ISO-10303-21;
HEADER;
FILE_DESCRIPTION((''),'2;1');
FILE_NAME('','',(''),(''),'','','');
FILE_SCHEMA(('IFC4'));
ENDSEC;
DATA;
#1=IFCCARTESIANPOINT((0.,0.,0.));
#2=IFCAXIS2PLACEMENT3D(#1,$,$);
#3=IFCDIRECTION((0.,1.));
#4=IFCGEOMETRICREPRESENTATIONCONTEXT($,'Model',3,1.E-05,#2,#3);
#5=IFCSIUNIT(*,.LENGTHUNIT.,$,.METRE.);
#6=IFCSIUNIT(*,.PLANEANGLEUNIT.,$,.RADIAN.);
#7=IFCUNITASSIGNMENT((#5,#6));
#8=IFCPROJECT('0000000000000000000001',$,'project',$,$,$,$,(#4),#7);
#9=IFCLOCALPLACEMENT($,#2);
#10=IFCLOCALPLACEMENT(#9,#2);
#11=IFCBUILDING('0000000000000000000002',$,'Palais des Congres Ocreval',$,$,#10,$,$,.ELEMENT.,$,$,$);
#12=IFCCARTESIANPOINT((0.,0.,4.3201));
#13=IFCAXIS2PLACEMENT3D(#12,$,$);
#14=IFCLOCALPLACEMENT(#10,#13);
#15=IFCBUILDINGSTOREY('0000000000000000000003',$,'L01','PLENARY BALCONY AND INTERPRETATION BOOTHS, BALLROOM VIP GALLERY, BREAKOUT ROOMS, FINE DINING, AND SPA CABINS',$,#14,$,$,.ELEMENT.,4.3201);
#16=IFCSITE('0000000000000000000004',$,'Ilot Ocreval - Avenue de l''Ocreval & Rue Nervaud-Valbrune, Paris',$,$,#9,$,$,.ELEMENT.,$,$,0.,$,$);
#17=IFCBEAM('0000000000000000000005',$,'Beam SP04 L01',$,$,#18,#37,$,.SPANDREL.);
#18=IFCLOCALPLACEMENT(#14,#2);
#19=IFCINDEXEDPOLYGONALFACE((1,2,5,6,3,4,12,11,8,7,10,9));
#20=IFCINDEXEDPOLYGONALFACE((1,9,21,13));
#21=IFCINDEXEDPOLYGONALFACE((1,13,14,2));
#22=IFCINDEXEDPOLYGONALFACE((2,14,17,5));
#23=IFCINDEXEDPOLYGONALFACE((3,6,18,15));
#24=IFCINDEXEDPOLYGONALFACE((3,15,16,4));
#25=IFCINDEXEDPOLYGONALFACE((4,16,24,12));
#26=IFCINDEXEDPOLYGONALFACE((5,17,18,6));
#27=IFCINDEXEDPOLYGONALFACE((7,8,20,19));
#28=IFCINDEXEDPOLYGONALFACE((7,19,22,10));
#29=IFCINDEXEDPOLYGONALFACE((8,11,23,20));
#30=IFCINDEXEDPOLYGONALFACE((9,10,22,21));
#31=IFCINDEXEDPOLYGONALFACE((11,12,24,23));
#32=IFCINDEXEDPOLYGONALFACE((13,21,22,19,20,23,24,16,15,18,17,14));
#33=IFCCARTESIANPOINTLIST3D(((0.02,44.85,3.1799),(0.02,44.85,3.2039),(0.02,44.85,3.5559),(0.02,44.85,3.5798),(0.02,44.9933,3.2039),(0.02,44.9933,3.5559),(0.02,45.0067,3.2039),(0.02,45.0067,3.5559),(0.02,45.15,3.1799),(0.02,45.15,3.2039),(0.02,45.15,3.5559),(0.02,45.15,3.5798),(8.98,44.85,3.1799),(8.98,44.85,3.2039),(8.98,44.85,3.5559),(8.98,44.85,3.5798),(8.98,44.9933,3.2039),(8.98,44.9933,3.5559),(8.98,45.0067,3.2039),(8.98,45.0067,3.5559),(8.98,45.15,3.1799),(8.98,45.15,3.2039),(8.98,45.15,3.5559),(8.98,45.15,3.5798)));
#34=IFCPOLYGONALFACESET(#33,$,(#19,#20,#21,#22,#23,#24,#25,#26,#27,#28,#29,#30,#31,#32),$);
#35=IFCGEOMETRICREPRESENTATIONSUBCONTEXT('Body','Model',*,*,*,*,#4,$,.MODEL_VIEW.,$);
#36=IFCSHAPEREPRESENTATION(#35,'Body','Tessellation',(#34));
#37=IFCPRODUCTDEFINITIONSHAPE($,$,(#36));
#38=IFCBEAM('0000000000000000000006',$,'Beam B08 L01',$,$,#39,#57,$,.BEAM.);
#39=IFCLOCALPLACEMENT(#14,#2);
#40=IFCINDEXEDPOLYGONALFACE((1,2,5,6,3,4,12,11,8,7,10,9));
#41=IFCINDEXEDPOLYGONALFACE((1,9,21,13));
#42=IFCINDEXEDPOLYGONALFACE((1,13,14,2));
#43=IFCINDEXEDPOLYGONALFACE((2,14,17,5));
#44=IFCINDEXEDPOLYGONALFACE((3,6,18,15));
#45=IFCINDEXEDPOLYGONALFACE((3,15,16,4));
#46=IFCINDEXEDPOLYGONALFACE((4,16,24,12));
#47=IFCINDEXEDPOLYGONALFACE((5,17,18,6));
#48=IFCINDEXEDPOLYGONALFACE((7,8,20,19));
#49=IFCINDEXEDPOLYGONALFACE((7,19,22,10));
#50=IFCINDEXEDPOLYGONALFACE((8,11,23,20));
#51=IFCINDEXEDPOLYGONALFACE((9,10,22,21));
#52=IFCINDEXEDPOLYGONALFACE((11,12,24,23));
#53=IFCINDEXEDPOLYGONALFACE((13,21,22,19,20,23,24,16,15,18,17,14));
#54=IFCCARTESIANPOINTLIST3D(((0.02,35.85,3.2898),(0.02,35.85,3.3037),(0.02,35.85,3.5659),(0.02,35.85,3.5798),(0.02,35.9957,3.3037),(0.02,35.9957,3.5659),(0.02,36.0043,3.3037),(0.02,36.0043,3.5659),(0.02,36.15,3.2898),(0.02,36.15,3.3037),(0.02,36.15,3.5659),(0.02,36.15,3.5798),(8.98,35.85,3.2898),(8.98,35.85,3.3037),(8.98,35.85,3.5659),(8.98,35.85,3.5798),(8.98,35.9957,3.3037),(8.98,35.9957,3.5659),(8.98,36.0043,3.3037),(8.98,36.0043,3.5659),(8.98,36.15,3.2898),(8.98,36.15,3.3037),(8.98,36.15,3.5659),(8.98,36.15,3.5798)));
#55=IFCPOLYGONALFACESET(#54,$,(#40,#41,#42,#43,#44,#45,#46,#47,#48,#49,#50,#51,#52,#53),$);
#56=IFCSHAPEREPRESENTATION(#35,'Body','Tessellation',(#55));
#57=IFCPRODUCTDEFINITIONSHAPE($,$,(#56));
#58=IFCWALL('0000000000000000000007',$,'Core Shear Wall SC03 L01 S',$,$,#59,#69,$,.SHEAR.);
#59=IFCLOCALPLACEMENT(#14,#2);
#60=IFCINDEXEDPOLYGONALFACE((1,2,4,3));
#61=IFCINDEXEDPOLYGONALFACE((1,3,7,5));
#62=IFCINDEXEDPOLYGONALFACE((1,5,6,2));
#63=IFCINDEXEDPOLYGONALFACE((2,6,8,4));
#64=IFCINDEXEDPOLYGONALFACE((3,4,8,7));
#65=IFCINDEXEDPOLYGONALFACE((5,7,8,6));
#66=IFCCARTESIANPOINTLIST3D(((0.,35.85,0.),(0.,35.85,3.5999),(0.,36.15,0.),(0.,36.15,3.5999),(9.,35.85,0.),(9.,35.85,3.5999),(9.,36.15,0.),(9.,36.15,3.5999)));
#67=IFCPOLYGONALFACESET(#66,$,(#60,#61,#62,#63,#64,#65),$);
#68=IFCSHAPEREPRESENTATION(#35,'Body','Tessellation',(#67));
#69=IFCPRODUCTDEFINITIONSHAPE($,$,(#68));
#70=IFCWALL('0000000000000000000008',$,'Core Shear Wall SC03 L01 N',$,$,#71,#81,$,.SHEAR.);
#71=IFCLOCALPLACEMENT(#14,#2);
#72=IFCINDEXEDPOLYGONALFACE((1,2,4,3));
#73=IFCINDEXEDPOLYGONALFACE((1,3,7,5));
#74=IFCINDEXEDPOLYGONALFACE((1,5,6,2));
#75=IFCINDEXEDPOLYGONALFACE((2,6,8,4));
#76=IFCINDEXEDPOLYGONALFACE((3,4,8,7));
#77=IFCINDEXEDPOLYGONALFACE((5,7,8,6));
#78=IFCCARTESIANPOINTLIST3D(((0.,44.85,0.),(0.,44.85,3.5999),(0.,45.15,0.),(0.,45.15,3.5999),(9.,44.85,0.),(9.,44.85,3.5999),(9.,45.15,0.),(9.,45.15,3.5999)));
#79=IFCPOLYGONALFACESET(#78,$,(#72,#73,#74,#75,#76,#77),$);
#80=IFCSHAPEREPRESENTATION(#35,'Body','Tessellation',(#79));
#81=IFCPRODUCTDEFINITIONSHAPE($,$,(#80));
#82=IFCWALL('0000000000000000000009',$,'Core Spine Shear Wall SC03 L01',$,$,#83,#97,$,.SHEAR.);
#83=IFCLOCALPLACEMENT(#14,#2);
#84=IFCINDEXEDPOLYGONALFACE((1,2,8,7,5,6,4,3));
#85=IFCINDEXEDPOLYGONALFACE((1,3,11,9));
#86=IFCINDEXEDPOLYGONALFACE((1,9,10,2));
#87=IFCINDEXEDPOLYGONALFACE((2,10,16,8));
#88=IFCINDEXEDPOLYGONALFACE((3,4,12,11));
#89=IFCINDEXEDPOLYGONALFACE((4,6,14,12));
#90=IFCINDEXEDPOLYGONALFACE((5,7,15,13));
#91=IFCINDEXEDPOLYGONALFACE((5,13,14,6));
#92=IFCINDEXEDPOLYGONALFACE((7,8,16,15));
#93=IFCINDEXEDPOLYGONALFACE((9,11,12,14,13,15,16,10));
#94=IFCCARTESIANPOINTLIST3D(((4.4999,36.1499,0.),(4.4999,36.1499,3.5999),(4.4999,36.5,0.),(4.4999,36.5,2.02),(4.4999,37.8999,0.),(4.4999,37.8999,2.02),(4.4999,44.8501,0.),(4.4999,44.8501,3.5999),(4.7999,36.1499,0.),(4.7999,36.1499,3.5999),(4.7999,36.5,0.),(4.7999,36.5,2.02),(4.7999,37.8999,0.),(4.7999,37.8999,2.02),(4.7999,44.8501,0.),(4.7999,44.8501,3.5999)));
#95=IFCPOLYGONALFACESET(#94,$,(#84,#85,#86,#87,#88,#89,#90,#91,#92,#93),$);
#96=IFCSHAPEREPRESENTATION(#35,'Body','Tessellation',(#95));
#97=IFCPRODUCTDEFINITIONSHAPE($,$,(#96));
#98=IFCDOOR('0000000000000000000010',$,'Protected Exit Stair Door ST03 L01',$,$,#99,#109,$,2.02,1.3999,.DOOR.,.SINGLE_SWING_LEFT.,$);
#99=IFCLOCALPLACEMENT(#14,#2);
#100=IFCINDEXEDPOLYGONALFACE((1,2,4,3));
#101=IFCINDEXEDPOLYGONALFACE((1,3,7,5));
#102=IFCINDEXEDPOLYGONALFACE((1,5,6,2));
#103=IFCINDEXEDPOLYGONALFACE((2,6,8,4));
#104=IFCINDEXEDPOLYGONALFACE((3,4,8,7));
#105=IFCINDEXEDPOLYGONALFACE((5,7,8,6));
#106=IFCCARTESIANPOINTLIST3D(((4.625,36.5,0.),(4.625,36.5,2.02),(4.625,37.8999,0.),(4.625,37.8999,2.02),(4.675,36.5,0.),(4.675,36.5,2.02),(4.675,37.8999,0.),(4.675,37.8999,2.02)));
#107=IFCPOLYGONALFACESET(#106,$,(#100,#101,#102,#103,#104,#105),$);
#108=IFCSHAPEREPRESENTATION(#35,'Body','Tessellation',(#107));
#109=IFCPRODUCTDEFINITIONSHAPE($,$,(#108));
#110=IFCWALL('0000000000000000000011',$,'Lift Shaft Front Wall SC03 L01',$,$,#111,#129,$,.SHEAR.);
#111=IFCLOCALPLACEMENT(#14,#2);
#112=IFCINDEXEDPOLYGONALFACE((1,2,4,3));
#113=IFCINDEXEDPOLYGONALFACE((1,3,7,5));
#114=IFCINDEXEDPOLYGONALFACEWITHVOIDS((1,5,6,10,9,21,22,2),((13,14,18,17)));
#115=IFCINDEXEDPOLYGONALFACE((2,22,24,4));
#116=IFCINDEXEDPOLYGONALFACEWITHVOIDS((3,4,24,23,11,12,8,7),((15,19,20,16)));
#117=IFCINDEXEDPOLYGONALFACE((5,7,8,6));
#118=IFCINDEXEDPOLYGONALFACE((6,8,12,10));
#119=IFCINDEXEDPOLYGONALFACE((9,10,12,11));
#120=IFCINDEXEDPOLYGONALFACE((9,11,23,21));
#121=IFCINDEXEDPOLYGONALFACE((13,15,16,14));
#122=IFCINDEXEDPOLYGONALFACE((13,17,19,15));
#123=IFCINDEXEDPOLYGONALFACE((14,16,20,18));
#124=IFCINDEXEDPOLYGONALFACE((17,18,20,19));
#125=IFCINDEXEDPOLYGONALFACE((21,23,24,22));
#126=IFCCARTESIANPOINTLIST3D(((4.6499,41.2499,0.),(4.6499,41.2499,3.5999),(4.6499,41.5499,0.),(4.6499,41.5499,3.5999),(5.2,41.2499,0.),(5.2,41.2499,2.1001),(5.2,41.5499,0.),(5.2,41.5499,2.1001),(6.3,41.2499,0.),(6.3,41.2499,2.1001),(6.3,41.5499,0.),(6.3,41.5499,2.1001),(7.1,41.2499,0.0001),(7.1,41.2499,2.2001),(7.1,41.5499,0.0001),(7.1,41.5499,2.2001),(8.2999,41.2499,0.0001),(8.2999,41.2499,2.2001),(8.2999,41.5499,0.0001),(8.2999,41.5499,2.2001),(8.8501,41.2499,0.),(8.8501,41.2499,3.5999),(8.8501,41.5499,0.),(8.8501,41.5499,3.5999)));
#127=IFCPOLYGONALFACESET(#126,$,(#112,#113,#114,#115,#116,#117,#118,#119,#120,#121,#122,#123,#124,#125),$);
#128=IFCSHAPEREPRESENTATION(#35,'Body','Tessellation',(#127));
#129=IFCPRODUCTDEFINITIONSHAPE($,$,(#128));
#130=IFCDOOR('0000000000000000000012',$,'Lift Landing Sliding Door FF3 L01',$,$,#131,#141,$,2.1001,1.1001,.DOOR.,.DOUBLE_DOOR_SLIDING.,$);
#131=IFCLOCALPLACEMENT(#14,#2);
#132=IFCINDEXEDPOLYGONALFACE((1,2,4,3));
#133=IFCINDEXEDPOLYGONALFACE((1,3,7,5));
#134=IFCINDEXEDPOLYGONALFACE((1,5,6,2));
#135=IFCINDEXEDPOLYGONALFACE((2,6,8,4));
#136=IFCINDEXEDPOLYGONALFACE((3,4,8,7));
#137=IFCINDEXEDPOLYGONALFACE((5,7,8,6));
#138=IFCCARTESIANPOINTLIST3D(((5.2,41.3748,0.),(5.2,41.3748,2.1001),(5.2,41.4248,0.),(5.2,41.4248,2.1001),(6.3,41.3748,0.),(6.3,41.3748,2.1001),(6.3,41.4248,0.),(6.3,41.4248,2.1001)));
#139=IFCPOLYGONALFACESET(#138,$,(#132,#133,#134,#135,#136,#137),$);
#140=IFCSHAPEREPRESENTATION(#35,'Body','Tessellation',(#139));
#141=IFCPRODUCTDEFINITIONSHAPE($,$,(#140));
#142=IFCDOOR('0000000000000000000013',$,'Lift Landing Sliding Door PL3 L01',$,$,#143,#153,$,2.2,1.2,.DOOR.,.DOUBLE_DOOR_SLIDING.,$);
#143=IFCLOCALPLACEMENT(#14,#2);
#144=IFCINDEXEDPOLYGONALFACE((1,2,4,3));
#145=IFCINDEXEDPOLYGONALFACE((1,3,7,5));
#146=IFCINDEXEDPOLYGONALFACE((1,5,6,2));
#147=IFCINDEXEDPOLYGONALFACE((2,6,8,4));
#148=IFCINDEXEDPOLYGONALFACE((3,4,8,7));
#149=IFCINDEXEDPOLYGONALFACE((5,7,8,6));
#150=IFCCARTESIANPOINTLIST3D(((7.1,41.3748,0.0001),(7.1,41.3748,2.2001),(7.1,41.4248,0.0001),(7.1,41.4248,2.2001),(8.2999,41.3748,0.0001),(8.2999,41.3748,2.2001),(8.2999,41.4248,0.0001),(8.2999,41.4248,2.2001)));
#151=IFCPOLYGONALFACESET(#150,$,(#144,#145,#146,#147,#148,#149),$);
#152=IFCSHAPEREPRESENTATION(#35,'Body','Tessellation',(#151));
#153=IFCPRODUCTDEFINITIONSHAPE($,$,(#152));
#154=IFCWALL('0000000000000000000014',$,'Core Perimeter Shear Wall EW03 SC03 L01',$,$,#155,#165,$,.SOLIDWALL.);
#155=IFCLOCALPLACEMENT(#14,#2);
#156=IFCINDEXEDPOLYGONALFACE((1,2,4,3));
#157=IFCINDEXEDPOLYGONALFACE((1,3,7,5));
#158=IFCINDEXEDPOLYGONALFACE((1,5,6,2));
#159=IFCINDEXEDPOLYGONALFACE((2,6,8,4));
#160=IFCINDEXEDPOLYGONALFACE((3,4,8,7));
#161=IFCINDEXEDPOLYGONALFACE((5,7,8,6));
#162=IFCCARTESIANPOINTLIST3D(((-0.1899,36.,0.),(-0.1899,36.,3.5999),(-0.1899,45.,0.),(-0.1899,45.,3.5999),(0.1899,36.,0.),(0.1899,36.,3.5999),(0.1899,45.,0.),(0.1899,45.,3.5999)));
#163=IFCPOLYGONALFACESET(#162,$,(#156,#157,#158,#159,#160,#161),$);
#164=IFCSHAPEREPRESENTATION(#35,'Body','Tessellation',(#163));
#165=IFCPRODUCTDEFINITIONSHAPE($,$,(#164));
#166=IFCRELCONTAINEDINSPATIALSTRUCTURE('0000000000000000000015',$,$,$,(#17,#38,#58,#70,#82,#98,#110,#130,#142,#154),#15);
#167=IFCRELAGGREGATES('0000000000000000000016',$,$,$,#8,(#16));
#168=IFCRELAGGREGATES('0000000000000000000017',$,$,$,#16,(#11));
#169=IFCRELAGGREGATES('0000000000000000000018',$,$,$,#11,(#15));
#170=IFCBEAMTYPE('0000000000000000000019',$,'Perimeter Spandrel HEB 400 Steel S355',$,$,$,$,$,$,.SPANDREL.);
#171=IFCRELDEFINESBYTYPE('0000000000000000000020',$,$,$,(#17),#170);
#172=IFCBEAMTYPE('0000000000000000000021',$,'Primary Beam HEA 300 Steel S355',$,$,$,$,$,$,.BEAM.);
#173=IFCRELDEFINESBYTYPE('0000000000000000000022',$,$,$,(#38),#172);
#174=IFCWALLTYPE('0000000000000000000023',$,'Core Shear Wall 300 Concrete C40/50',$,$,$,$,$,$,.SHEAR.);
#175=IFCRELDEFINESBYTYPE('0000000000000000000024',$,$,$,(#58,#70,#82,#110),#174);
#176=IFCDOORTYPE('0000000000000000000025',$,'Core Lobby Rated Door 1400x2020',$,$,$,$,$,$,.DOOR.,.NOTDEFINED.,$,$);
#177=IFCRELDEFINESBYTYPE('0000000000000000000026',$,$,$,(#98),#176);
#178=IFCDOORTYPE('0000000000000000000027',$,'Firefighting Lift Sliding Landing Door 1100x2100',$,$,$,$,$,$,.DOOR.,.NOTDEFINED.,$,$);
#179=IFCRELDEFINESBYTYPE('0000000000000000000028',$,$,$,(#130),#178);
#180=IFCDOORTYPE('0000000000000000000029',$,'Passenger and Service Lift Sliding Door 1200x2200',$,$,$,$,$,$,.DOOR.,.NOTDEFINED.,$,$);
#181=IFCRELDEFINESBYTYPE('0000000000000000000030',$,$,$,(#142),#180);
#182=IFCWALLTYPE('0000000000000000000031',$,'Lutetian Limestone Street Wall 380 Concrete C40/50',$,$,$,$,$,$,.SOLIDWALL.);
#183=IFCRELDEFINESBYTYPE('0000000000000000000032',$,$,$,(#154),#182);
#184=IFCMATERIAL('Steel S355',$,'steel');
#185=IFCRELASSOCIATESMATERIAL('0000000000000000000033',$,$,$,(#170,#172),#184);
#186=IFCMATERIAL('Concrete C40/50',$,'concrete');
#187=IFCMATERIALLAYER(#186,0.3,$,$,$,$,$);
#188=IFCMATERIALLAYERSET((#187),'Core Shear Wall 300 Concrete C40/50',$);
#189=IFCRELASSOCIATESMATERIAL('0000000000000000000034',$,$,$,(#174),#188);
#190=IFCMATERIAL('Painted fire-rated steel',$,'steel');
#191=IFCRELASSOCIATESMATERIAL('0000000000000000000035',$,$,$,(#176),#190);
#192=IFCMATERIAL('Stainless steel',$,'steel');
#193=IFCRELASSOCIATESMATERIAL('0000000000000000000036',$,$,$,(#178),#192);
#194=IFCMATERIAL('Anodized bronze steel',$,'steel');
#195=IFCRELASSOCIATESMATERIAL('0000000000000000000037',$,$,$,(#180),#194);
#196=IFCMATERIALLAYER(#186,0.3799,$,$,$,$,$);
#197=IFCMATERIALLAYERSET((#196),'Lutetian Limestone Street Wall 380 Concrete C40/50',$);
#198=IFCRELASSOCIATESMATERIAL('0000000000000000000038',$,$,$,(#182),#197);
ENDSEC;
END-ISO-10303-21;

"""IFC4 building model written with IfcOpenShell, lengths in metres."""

from ifc_helpers import new_model, si_unit, direction, frame, frame_2d, origin, origin_2d, place, context, subcontext, project, spatial, rectangle, i_section, extrude, material, layer, layer_set, material_profile, profile_set, type_object, element, fill, save


model = new_model("IFC4")

# Units and contexts
model_context = context("Model", 3, precision=1e-05, world=origin(), true_north=direction((0.0, 1.0)))
body_context = subcontext(model_context, "Body", "Model", "MODEL_VIEW")
ifc_project = project(units=[si_unit("LENGTHUNIT", "METRE"), si_unit("PLANEANGLEUNIT", "RADIAN")], contexts=[model_context])

# Site, building, storey
site_placement = place(None, origin())
site = spatial("IfcSite", under=ifc_project, at=site_placement, Name="Ilot Ocreval - Avenue de l'Ocreval & Rue Nervaud-Valbrune, Paris", CompositionType="ELEMENT", RefElevation=0.0)
building_placement = place(site_placement, origin())
building = spatial("IfcBuilding", under=site, at=building_placement, Name="Palais des Congres Ocreval", CompositionType="ELEMENT")
storey_placement = place(building_placement, frame((0.0, 0.0, 4.3201)))
storey = spatial("IfcBuildingStorey", under=building, at=storey_placement, Name="L01", Description="PLENARY BALCONY AND INTERPRETATION BOOTHS, BALLROOM VIP GALLERY, BREAKOUT ROOMS, FINE DINING, AND SPA CABINS", CompositionType="ELEMENT", Elevation=4.3201)

# Beams
ifc_material_1 = material(Name="Steel S355", Category="steel")
ifc_material_profile_1 = material_profile(ifc_material_1, i_section(OverallWidth=0.3, OverallDepth=0.3999, WebThickness=0.0134, FlangeThickness=0.0239, at=origin_2d()), Name="HEB 400")
ifc_profile_set_1 = profile_set([ifc_material_profile_1], Name="Steel S355")
beam_type_1 = type_object("IfcBeamType", Name="Perimeter Spandrel HEB 400 Steel S355", PredefinedType="SPANDREL", material=ifc_profile_set_1)
beam_1_placement = place(storey_placement, frame((0.02, 45.0, 3.3799), z_axis=(1.0, 0.0, 0.0), x_axis=(0.0, 1.0, 0.0)))
element("IfcBeam", 1, at=beam_1_placement, inside=storey, type_object=beam_type_1, Name="Beam SP04 L01", PredefinedType="SPANDREL", context=body_context, shape_type="SweptSolid", body=[
    extrude(i_section(OverallWidth=0.3, OverallDepth=0.3999, WebThickness=0.0134, FlangeThickness=0.0239, at=origin_2d()), origin(), (0.0, 0.0, 1.0), 8.96),
])
ifc_material_profile_2 = material_profile(ifc_material_1, i_section(OverallWidth=0.3, OverallDepth=0.29, WebThickness=0.0085, FlangeThickness=0.0139, at=origin_2d()), Name="HEA 300")
ifc_profile_set_2 = profile_set([ifc_material_profile_2], Name="Steel S355")
beam_type_2 = type_object("IfcBeamType", Name="Primary Beam HEA 300 Steel S355", PredefinedType="BEAM", material=ifc_profile_set_2)
beam_2_placement = place(storey_placement, frame((0.02, 36.0, 3.4348), z_axis=(1.0, 0.0, 0.0), x_axis=(0.0, 1.0, 0.0)))
element("IfcBeam", 2, at=beam_2_placement, inside=storey, type_object=beam_type_2, Name="Beam B08 L01", PredefinedType="BEAM", context=body_context, shape_type="SweptSolid", body=[
    extrude(i_section(OverallWidth=0.3, OverallDepth=0.29, WebThickness=0.0085, FlangeThickness=0.0139, at=origin_2d()), origin(), (0.0, 0.0, 1.0), 8.96),
])

# Walls
ifc_material_2 = material(Name="Concrete C40/50", Category="concrete")
ifc_layer_1 = layer(ifc_material_2, 0.3)
ifc_layer_set_1 = layer_set([ifc_layer_1], Name="Core Shear Wall 300 Concrete C40/50")
wall_type_1 = type_object("IfcWallType", Name="Core Shear Wall 300 Concrete C40/50", PredefinedType="SHEAR", material=ifc_layer_set_1)
for number, where, z_axis, x_axis, name in (
    (3, (0.0, 36.0, 0.0), (0.0, 0.0, 1.0), (1.0, 0.0, 0.0), "Core Shear Wall SC03 L01 S"),
    (4, (0.0, 45.0, 0.0), (0.0, 0.0, 1.0), (1.0, 0.0, 0.0), "Core Shear Wall SC03 L01 N"),
):
    element("IfcWall", number, at=place(storey_placement, frame(where, z_axis=z_axis, x_axis=x_axis)), inside=storey, type_object=wall_type_1, Name=name, PredefinedType="SHEAR", context=body_context, shape_type="SweptSolid", body=[
        extrude(rectangle(XDim=9.0, YDim=0.3, at=frame_2d((4.5, 0.0))), origin(), (0.0, 0.0, 1.0), 3.5999),
    ])

# Wall, opening, door
wall_1_placement = place(storey_placement, frame((4.6499, 36.1499, 0.0), z_axis=(0.0, 0.0, 1.0), x_axis=(0.0, 1.0, 0.0)))
wall_1 = element("IfcWall", 5, at=wall_1_placement, inside=storey, type_object=wall_type_1, Name="Core Spine Shear Wall SC03 L01", PredefinedType="SHEAR", context=body_context, shape_type="SweptSolid", body=[
    extrude(rectangle(XDim=8.7002, YDim=0.3, at=frame_2d((4.3501, 0.0))), origin(), (0.0, 0.0, 1.0), 3.5999),
])
opening_1_placement = place(wall_1_placement, frame((0.3501, 0.0, 0.0)))
opening_1 = element("IfcOpeningElement", 6, at=opening_1_placement, cuts=wall_1, PredefinedType="OPENING", context=body_context, shape_type="SweptSolid", body=[
    extrude(rectangle(XDim=1.3999, YDim=2.02, at=frame_2d((0.7, 1.01))), frame((0.0, 0.1599, 0.0), z_axis=(0.0, -1.0, 0.0), x_axis=(1.0, 0.0, 0.0)), (0.0, 0.0, 1.0), 0.3201),
])
ifc_material_3 = material(Name="Painted fire-rated steel", Category="steel")
door_type_1 = type_object("IfcDoorType", Name="Core Lobby Rated Door 1400x2020", OperationType="NOTDEFINED", PredefinedType="DOOR", material=ifc_material_3)
door_1_placement = place(opening_1_placement, origin())
door_1 = element("IfcDoor", 7, at=door_1_placement, inside=storey, type_object=door_type_1, Name="Protected Exit Stair Door ST03 L01", OperationType="SINGLE_SWING_LEFT", OverallHeight=2.02, OverallWidth=1.3999, PredefinedType="DOOR", context=body_context, shape_type="SweptSolid", body=[
    extrude(rectangle(XDim=1.3999, YDim=2.02, at=frame_2d((0.7, 1.01))), frame((0.0, 0.0249, 0.0), z_axis=(0.0, -1.0, 0.0), x_axis=(1.0, 0.0, 0.0)), (0.0, 0.0, 1.0), 0.05),
])
fill(opening_1, door_1)

# Wall, openings, doors
wall_2_placement = place(storey_placement, frame((4.6499, 41.3999, 0.0), z_axis=(0.0, 0.0, 1.0), x_axis=(1.0, 0.0, 0.0)))
wall_2 = element("IfcWall", 8, at=wall_2_placement, inside=storey, type_object=wall_type_1, Name="Lift Shaft Front Wall SC03 L01", PredefinedType="SHEAR", context=body_context, shape_type="SweptSolid", body=[
    extrude(rectangle(XDim=4.2002, YDim=0.3, at=frame_2d((2.1001, 0.0))), origin(), (0.0, 0.0, 1.0), 3.5999),
])
opening_2_placement = place(wall_2_placement, frame((0.55, 0.0, 0.0)))
opening_2 = element("IfcOpeningElement", 9, at=opening_2_placement, cuts=wall_2, PredefinedType="OPENING", context=body_context, shape_type="SweptSolid", body=[
    extrude(rectangle(XDim=1.1001, YDim=2.1001, at=frame_2d((0.55, 1.05))), frame((0.0, 0.1599, 0.0), z_axis=(0.0, -1.0, 0.0), x_axis=(1.0, 0.0, 0.0)), (0.0, 0.0, 1.0), 0.3201),
])
opening_3_placement = place(wall_2_placement, frame((2.45, 0.0, 0.0)))
opening_3 = element("IfcOpeningElement", 10, at=opening_3_placement, cuts=wall_2, PredefinedType="OPENING", context=body_context, shape_type="SweptSolid", body=[
    extrude(rectangle(XDim=1.2, YDim=2.2, at=frame_2d((0.6001, 1.1001))), frame((0.0, 0.1599, 0.0), z_axis=(0.0, -1.0, 0.0), x_axis=(1.0, 0.0, 0.0)), (0.0, 0.0, 1.0), 0.3201),
])
ifc_material_4 = material(Name="Stainless steel", Category="steel")
door_type_2 = type_object("IfcDoorType", Name="Firefighting Lift Sliding Landing Door 1100x2100", OperationType="NOTDEFINED", PredefinedType="DOOR", material=ifc_material_4)
door_2_placement = place(opening_2_placement, origin())
door_2 = element("IfcDoor", 11, at=door_2_placement, inside=storey, type_object=door_type_2, Name="Lift Landing Sliding Door FF3 L01", OperationType="DOUBLE_DOOR_SLIDING", OverallHeight=2.1001, OverallWidth=1.1001, PredefinedType="DOOR", context=body_context, shape_type="SweptSolid", body=[
    extrude(rectangle(XDim=1.1001, YDim=2.1001, at=frame_2d((0.55, 1.05))), frame((0.0, 0.0249, 0.0), z_axis=(0.0, -1.0, 0.0), x_axis=(1.0, 0.0, 0.0)), (0.0, 0.0, 1.0), 0.05),
])
fill(opening_2, door_2)
ifc_material_5 = material(Name="Anodized bronze steel", Category="steel")
door_type_3 = type_object("IfcDoorType", Name="Passenger and Service Lift Sliding Door 1200x2200", OperationType="NOTDEFINED", PredefinedType="DOOR", material=ifc_material_5)
door_3_placement = place(opening_3_placement, origin())
door_3 = element("IfcDoor", 12, at=door_3_placement, inside=storey, type_object=door_type_3, Name="Lift Landing Sliding Door PL3 L01", OperationType="DOUBLE_DOOR_SLIDING", OverallHeight=2.2, OverallWidth=1.2, PredefinedType="DOOR", context=body_context, shape_type="SweptSolid", body=[
    extrude(rectangle(XDim=1.2, YDim=2.2, at=frame_2d((0.6001, 1.1001))), frame((0.0, 0.0249, 0.0), z_axis=(0.0, -1.0, 0.0), x_axis=(1.0, 0.0, 0.0)), (0.0, 0.0, 1.0), 0.05),
])
fill(opening_3, door_3)

# Wall
ifc_layer_2 = layer(ifc_material_2, 0.3799)
ifc_layer_set_2 = layer_set([ifc_layer_2], Name="Lutetian Limestone Street Wall 380 Concrete C40/50")
wall_type_2 = type_object("IfcWallType", Name="Lutetian Limestone Street Wall 380 Concrete C40/50", PredefinedType="SOLIDWALL", material=ifc_layer_set_2)
wall_3_placement = place(storey_placement, frame((0.0, 36.0, 0.0), z_axis=(0.0, 0.0, 1.0), x_axis=(0.0, 1.0, 0.0)))
element("IfcWall", 13, at=wall_3_placement, inside=storey, type_object=wall_type_2, Name="Core Perimeter Shear Wall EW03 SC03 L01", PredefinedType="SOLIDWALL", context=body_context, shape_type="SweptSolid", body=[
    extrude(rectangle(XDim=9.0, YDim=0.3799, at=frame_2d((4.5, 0.0))), origin(), (0.0, 0.0, 1.0), 3.5999),
])

save(model, "model.ifc")
